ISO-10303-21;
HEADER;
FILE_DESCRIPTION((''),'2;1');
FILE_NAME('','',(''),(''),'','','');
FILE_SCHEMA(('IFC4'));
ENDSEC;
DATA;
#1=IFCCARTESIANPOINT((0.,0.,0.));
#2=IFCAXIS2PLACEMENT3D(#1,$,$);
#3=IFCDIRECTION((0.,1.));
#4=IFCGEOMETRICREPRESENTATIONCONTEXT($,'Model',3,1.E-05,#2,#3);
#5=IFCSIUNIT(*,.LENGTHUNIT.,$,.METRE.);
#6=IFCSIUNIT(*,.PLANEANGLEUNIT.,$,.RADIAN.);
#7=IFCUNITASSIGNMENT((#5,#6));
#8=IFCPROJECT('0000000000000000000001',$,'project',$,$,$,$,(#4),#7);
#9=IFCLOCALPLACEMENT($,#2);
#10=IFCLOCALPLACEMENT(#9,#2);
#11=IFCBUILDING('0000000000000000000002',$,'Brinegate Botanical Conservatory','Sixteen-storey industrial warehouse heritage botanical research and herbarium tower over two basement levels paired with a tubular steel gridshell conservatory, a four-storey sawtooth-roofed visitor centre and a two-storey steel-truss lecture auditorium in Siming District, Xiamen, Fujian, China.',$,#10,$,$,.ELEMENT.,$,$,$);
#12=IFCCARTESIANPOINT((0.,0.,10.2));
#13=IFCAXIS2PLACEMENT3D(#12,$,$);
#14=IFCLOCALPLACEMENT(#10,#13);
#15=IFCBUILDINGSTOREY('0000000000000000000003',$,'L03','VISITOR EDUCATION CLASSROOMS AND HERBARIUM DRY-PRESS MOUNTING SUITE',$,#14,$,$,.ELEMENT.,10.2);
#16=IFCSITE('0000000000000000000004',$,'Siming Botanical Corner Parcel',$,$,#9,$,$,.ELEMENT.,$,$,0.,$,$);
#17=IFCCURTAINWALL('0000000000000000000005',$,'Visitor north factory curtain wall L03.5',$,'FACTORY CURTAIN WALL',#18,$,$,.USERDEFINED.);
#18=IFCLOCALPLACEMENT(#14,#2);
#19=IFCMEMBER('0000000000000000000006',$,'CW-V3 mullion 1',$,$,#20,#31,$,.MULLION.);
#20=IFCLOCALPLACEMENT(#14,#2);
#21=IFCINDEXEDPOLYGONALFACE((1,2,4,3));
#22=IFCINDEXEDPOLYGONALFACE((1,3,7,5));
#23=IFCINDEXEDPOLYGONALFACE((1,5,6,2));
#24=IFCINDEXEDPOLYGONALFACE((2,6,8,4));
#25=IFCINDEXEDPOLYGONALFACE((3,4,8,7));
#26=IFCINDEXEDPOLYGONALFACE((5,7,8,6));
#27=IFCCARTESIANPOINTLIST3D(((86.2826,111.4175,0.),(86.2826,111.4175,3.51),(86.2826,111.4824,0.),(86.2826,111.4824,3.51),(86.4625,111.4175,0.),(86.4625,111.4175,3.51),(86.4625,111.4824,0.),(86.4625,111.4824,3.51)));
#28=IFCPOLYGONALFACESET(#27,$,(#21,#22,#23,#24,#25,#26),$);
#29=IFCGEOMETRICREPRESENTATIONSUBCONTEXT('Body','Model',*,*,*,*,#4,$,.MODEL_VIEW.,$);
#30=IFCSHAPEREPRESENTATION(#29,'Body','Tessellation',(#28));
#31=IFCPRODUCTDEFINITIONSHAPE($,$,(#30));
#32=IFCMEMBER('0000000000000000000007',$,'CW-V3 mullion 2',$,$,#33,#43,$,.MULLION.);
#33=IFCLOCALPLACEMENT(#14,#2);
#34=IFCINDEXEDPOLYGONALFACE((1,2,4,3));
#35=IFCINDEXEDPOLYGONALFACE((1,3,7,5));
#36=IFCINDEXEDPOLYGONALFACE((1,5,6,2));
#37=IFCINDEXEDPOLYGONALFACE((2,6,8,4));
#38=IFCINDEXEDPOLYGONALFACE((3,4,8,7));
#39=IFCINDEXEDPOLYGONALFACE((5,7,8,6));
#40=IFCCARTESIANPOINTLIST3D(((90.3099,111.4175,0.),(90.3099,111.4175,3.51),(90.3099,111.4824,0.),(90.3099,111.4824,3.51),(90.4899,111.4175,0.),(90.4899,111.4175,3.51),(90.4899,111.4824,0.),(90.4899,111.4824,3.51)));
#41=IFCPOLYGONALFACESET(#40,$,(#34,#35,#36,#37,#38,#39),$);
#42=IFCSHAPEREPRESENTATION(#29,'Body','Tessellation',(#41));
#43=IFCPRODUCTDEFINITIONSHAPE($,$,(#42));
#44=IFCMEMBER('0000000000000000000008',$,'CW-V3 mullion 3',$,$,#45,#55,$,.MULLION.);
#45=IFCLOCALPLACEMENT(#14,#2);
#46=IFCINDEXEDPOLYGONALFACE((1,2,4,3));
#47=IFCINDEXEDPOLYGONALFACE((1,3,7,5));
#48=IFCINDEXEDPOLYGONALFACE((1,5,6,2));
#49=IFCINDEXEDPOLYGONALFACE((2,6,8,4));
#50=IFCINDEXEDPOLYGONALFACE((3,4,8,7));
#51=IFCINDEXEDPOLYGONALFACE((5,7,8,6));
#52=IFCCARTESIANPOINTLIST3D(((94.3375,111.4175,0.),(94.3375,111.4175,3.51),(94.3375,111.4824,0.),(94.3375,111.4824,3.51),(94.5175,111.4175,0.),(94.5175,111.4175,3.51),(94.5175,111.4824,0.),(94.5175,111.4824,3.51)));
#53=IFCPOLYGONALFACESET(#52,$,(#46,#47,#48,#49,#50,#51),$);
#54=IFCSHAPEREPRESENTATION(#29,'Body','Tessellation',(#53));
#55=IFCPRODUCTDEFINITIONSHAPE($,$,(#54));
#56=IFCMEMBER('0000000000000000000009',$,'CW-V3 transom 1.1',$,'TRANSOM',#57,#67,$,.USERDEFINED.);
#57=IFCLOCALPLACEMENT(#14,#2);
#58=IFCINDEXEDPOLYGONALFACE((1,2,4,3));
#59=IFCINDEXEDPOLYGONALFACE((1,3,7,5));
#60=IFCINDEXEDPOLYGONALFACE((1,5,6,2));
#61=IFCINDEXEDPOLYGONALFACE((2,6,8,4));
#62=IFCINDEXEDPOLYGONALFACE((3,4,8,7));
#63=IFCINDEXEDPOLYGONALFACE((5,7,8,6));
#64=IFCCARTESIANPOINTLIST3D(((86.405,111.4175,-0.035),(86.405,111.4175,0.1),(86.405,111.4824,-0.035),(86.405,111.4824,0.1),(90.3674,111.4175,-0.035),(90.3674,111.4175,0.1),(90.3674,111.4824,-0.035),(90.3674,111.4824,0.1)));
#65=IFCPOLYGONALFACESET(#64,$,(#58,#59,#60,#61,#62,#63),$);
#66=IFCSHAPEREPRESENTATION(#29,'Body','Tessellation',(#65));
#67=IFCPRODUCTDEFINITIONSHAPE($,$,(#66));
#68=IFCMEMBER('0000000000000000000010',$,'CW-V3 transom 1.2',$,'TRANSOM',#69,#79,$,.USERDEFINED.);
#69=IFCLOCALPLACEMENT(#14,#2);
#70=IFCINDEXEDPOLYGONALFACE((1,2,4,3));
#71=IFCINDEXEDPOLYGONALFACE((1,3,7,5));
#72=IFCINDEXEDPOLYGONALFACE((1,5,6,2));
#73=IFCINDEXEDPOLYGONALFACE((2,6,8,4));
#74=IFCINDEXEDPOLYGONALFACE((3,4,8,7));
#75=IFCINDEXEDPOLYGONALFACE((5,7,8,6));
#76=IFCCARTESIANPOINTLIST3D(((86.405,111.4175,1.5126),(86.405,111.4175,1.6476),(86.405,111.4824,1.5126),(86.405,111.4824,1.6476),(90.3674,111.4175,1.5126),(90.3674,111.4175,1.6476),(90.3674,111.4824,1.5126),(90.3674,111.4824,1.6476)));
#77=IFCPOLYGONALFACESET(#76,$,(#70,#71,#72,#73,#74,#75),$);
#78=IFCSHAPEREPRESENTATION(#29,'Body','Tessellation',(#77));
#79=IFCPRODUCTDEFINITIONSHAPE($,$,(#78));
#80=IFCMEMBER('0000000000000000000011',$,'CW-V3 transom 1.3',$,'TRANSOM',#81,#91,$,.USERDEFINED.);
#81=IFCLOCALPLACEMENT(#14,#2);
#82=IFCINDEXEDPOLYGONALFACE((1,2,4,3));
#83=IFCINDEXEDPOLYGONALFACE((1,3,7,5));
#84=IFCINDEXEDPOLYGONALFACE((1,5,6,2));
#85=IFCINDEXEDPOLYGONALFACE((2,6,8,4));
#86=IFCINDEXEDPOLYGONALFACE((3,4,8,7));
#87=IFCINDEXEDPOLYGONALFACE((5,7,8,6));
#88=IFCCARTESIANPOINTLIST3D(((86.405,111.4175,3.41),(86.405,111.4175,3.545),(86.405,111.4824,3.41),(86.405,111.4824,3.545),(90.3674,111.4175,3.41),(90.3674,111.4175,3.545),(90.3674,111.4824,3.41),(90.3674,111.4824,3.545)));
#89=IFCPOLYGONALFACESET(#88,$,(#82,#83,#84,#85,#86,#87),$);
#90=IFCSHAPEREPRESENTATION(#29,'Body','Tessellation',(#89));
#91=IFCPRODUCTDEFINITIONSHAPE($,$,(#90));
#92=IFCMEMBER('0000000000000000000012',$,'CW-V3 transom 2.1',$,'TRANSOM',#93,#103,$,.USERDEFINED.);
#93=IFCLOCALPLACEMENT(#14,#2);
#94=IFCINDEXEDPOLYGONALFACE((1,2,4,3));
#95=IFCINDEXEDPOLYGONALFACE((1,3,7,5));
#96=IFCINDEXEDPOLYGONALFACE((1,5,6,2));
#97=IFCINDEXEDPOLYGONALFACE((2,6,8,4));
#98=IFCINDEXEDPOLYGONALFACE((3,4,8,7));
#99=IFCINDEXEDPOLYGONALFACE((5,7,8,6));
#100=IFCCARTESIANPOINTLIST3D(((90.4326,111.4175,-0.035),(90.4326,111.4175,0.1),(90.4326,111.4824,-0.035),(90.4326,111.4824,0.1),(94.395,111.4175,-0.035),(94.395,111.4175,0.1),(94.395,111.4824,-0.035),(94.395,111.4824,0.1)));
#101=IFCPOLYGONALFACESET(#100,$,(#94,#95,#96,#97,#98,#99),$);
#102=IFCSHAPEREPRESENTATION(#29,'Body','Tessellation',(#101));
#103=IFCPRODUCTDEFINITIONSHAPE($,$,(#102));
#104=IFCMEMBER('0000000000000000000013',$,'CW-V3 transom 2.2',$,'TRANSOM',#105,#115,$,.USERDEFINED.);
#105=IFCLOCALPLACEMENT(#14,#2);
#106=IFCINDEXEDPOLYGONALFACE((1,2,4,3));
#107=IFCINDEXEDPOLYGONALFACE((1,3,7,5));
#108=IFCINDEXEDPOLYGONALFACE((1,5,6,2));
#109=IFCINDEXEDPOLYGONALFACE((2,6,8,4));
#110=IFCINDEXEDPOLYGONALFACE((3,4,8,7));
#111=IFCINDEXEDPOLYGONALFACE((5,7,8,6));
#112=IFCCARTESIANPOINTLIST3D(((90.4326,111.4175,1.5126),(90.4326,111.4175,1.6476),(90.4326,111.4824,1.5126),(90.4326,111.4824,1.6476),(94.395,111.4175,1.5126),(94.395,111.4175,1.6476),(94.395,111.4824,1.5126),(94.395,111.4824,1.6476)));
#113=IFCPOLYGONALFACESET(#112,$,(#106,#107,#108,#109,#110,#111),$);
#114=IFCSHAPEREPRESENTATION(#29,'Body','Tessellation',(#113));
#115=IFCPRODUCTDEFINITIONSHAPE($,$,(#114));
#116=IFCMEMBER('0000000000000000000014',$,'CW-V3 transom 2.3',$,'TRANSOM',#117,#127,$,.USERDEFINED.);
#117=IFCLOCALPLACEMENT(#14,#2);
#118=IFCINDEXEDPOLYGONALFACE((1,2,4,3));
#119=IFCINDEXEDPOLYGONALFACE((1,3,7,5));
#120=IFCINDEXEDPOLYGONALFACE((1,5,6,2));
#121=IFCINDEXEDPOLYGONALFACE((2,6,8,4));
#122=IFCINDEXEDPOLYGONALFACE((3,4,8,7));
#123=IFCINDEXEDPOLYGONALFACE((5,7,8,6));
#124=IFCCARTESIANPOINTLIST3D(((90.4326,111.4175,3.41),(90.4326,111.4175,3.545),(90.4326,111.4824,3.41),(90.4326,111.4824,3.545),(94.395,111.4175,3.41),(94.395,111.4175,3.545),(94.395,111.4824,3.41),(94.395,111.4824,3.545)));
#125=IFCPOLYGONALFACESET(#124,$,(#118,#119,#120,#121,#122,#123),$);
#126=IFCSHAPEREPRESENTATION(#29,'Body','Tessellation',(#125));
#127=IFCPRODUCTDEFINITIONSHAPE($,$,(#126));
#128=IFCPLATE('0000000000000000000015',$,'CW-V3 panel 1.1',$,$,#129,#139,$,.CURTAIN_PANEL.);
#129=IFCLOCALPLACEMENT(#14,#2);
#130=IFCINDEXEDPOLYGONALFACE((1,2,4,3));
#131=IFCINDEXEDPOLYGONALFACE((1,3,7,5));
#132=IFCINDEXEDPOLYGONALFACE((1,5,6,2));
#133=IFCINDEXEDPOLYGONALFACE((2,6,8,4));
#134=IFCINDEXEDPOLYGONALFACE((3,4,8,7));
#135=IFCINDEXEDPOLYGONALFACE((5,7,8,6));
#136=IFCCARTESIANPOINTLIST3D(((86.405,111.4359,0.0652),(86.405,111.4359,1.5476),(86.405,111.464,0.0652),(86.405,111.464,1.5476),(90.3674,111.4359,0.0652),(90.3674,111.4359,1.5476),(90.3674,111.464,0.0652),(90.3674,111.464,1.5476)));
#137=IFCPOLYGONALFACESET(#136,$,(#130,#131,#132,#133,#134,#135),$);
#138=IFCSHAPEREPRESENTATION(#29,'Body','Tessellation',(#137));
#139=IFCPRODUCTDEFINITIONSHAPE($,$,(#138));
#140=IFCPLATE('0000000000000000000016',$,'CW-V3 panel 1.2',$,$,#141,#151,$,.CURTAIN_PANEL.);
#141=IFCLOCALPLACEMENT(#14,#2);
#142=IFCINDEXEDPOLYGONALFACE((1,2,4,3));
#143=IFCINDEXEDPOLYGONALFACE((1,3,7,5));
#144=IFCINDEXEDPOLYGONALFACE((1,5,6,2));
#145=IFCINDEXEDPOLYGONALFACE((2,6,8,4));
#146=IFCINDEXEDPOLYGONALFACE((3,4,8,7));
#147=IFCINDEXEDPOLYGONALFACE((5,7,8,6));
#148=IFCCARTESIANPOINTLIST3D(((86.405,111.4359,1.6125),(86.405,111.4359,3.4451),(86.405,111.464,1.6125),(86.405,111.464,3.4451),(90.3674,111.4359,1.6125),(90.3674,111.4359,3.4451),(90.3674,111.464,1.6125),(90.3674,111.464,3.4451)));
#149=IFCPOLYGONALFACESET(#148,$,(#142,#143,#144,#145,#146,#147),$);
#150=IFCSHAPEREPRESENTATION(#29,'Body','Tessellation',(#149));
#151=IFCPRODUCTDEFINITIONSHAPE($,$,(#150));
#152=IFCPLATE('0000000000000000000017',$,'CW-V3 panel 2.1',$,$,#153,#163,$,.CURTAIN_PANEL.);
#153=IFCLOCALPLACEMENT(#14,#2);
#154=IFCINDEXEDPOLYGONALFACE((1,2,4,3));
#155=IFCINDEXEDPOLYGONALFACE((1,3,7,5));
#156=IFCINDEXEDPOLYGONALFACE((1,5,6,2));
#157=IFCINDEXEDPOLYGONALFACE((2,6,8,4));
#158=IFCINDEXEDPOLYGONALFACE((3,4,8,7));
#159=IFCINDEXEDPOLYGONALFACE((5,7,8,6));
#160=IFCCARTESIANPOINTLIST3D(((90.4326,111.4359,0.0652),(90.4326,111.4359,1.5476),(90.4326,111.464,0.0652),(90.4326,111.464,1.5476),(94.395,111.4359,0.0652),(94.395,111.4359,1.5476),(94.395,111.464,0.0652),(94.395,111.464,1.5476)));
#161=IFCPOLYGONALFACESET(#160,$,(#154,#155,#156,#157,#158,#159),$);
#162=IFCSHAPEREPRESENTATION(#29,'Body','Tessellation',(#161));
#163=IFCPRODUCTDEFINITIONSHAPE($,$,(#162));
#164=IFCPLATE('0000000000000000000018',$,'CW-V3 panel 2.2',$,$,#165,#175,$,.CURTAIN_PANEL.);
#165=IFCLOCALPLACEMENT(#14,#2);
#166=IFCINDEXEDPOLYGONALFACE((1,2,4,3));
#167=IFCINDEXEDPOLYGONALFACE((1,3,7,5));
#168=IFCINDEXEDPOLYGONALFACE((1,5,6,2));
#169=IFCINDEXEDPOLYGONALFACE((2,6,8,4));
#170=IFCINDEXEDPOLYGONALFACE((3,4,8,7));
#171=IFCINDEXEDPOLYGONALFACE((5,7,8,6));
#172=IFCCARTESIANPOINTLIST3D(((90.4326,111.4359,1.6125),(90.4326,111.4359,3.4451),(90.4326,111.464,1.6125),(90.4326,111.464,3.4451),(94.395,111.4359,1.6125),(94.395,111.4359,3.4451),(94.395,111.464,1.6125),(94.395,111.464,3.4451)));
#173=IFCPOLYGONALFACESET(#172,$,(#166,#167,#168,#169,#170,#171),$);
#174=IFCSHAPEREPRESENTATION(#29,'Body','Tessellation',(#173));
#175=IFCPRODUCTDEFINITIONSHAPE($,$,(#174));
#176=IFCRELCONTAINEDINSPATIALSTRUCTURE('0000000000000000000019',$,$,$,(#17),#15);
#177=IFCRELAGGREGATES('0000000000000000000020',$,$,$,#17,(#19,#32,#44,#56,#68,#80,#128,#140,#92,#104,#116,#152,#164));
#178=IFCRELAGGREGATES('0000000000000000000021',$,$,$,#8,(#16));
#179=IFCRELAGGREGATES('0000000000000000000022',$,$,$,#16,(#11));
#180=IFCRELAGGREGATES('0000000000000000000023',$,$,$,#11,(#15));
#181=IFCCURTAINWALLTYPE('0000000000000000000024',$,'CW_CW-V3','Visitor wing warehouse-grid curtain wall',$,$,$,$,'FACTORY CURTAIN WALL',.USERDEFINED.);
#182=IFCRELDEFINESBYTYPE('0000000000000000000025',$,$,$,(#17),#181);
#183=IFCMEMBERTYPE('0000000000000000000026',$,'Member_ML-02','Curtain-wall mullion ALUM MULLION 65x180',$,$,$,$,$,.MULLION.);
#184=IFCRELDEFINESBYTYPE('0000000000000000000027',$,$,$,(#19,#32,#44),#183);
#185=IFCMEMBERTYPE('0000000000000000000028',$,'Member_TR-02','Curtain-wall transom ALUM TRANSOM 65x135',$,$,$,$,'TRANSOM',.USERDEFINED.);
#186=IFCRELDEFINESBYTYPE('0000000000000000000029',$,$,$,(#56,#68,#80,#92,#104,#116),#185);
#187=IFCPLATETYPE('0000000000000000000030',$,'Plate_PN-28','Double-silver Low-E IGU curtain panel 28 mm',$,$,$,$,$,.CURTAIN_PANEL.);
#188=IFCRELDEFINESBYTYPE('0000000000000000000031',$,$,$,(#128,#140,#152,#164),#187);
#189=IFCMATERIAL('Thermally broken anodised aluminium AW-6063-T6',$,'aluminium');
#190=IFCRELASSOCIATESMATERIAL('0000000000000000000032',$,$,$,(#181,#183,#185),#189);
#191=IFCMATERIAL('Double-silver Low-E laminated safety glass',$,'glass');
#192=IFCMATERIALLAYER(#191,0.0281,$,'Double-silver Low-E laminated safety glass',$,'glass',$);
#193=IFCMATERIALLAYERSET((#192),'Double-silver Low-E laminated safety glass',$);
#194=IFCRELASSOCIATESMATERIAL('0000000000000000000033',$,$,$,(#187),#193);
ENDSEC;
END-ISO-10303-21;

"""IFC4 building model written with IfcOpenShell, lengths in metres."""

from ifc_helpers import new_model, si_unit, direction, frame, origin, origin_2d, place, context, subcontext, project, spatial, rectangle, extrude, material, layer, layer_set, material_profile, profile_set, type_object, element, aggregate, save


model = new_model("IFC4")

# Units and contexts
model_context = context("Model", 3, precision=1e-05, world=origin(), true_north=direction((0.0, 1.0)))
body_context = subcontext(model_context, "Body", "Model", "MODEL_VIEW")
ifc_project = project(units=[si_unit("LENGTHUNIT", "METRE"), si_unit("PLANEANGLEUNIT", "RADIAN")], contexts=[model_context])

# Site, building, storey
site_placement = place(None, origin())
site = spatial("IfcSite", under=ifc_project, at=site_placement, Name="Siming Botanical Corner Parcel", CompositionType="ELEMENT", RefElevation=0.0)
building_placement = place(site_placement, origin())
building = spatial("IfcBuilding", under=site, at=building_placement, Name="Brinegate Botanical Conservatory", Description="Sixteen-storey industrial warehouse heritage botanical research and herbarium tower over two basement levels paired with a tubular steel gridshell conservatory, a four-storey sawtooth-roofed visitor centre and a two-storey steel-truss lecture auditorium in Siming District, Xiamen, Fujian, China.", CompositionType="ELEMENT")
storey_placement = place(building_placement, frame((0.0, 0.0, 10.2)))
storey = spatial("IfcBuildingStorey", under=building, at=storey_placement, Name="L03", Description="VISITOR EDUCATION CLASSROOMS AND HERBARIUM DRY-PRESS MOUNTING SUITE", CompositionType="ELEMENT", Elevation=10.2)

# Curtain wall, members, plates
ifc_material_1 = material(Name="Thermally broken anodised aluminium AW-6063-T6", Category="aluminium")
curtain_wall_type = type_object("IfcCurtainWallType", Name="CW_CW-V3", Description="Visitor wing warehouse-grid curtain wall", ElementType="FACTORY CURTAIN WALL", PredefinedType="USERDEFINED", material=ifc_material_1)
curtain_wall_placement = place(storey_placement, origin())
curtain_wall = element("IfcCurtainWall", 1, at=curtain_wall_placement, inside=storey, type_object=curtain_wall_type, Name="Visitor north factory curtain wall L03.5", ObjectType="FACTORY CURTAIN WALL", PredefinedType="USERDEFINED")
ifc_material_profile_1 = material_profile(ifc_material_1, rectangle(XDim=0.0649, YDim=0.1799, at=origin_2d()), Name="ALUM MULLION 65x180")
ifc_profile_set_1 = profile_set([ifc_material_profile_1], Name="Thermally broken anodised aluminium AW-6063-T6")
member_type_1 = type_object("IfcMemberType", Name="Member_ML-02", Description="Curtain-wall mullion ALUM MULLION 65x180", PredefinedType="MULLION", material=ifc_profile_set_1)
member_1_placement = place(storey_placement, frame((86.3726, 111.45, 0.0), z_axis=(0.0, 0.0, 1.0), x_axis=(0.0, 1.0, 0.0)))
member_1 = element("IfcMember", 2, at=member_1_placement, type_object=member_type_1, Name="CW-V3 mullion 1", PredefinedType="MULLION", context=body_context, shape_type="SweptSolid", body=[
    extrude(rectangle(XDim=0.0649, YDim=0.1799, at=origin_2d()), origin(), (0.0, 0.0, 1.0), 3.51),
])
member_2_placement = place(storey_placement, frame((90.3999, 111.45, 0.0), z_axis=(0.0, 0.0, 1.0), x_axis=(0.0, 1.0, 0.0)))
member_2 = element("IfcMember", 3, at=member_2_placement, type_object=member_type_1, Name="CW-V3 mullion 2", PredefinedType="MULLION", context=body_context, shape_type="SweptSolid", body=[
    extrude(rectangle(XDim=0.0649, YDim=0.1799, at=origin_2d()), origin(), (0.0, 0.0, 1.0), 3.51),
])
member_3_placement = place(storey_placement, frame((94.4275, 111.45, 0.0), z_axis=(0.0, 0.0, 1.0), x_axis=(0.0, 1.0, 0.0)))
member_3 = element("IfcMember", 4, at=member_3_placement, type_object=member_type_1, Name="CW-V3 mullion 3", PredefinedType="MULLION", context=body_context, shape_type="SweptSolid", body=[
    extrude(rectangle(XDim=0.0649, YDim=0.1799, at=origin_2d()), origin(), (0.0, 0.0, 1.0), 3.51),
])
ifc_material_profile_2 = material_profile(ifc_material_1, rectangle(XDim=0.0649, YDim=0.135, at=origin_2d()), Name="ALUM TRANSOM 65x135")
ifc_profile_set_2 = profile_set([ifc_material_profile_2], Name="Thermally broken anodised aluminium AW-6063-T6")
member_type_2 = type_object("IfcMemberType", Name="Member_TR-02", Description="Curtain-wall transom ALUM TRANSOM 65x135", ElementType="TRANSOM", PredefinedType="USERDEFINED", material=ifc_profile_set_2)
member_4_placement = place(storey_placement, frame((86.405, 111.45, 0.0325), z_axis=(1.0, 0.0, 0.0), x_axis=(0.0, 1.0, 0.0)))
member_4 = element("IfcMember", 5, at=member_4_placement, type_object=member_type_2, Name="CW-V3 transom 1.1", ObjectType="TRANSOM", PredefinedType="USERDEFINED", context=body_context, shape_type="SweptSolid", body=[
    extrude(rectangle(XDim=0.0649, YDim=0.135, at=origin_2d()), origin(), (0.0, 0.0, 1.0), 3.9624),
])
member_5_placement = place(storey_placement, frame((86.405, 111.45, 1.5801), z_axis=(1.0, 0.0, 0.0), x_axis=(0.0, 1.0, 0.0)))
member_5 = element("IfcMember", 6, at=member_5_placement, type_object=member_type_2, Name="CW-V3 transom 1.2", ObjectType="TRANSOM", PredefinedType="USERDEFINED", context=body_context, shape_type="SweptSolid", body=[
    extrude(rectangle(XDim=0.0649, YDim=0.135, at=origin_2d()), origin(), (0.0, 0.0, 1.0), 3.9624),
])
member_6_placement = place(storey_placement, frame((86.405, 111.45, 3.4775), z_axis=(1.0, 0.0, 0.0), x_axis=(0.0, 1.0, 0.0)))
member_6 = element("IfcMember", 7, at=member_6_placement, type_object=member_type_2, Name="CW-V3 transom 1.3", ObjectType="TRANSOM", PredefinedType="USERDEFINED", context=body_context, shape_type="SweptSolid", body=[
    extrude(rectangle(XDim=0.0649, YDim=0.135, at=origin_2d()), origin(), (0.0, 0.0, 1.0), 3.9624),
])
member_7_placement = place(storey_placement, frame((90.4326, 111.45, 0.0325), z_axis=(1.0, 0.0, 0.0), x_axis=(0.0, 1.0, 0.0)))
member_7 = element("IfcMember", 8, at=member_7_placement, type_object=member_type_2, Name="CW-V3 transom 2.1", ObjectType="TRANSOM", PredefinedType="USERDEFINED", context=body_context, shape_type="SweptSolid", body=[
    extrude(rectangle(XDim=0.0649, YDim=0.135, at=origin_2d()), origin(), (0.0, 0.0, 1.0), 3.9624),
])
member_8_placement = place(storey_placement, frame((90.4326, 111.45, 1.5801), z_axis=(1.0, 0.0, 0.0), x_axis=(0.0, 1.0, 0.0)))
member_8 = element("IfcMember", 9, at=member_8_placement, type_object=member_type_2, Name="CW-V3 transom 2.2", ObjectType="TRANSOM", PredefinedType="USERDEFINED", context=body_context, shape_type="SweptSolid", body=[
    extrude(rectangle(XDim=0.0649, YDim=0.135, at=origin_2d()), origin(), (0.0, 0.0, 1.0), 3.9624),
])
member_9_placement = place(storey_placement, frame((90.4326, 111.45, 3.4775), z_axis=(1.0, 0.0, 0.0), x_axis=(0.0, 1.0, 0.0)))
member_9 = element("IfcMember", 10, at=member_9_placement, type_object=member_type_2, Name="CW-V3 transom 2.3", ObjectType="TRANSOM", PredefinedType="USERDEFINED", context=body_context, shape_type="SweptSolid", body=[
    extrude(rectangle(XDim=0.0649, YDim=0.135, at=origin_2d()), origin(), (0.0, 0.0, 1.0), 3.9624),
])
ifc_material_2 = material(Name="Double-silver Low-E laminated safety glass", Category="glass")
ifc_layer_1 = layer(ifc_material_2, 0.0281, Name="Double-silver Low-E laminated safety glass", Category="glass")
ifc_layer_set_1 = layer_set([ifc_layer_1], Name="Double-silver Low-E laminated safety glass")
plate_type = type_object("IfcPlateType", Name="Plate_PN-28", Description="Double-silver Low-E IGU curtain panel 28 mm", PredefinedType="CURTAIN_PANEL", material=ifc_layer_set_1)
plate_1_placement = place(storey_placement, frame((88.3862, 111.45, 0.0652), z_axis=(0.0, 0.0, 1.0), x_axis=(1.0, 0.0, 0.0)))
plate_1 = element("IfcPlate", 11, at=plate_1_placement, type_object=plate_type, Name="CW-V3 panel 1.1", PredefinedType="CURTAIN_PANEL", context=body_context, shape_type="SweptSolid", body=[
    extrude(rectangle(XDim=3.9624, YDim=0.0281, at=origin_2d()), origin(), (0.0, 0.0, 1.0), 1.4824),
])
plate_2_placement = place(storey_placement, frame((88.3862, 111.45, 1.6125), z_axis=(0.0, 0.0, 1.0), x_axis=(1.0, 0.0, 0.0)))
plate_2 = element("IfcPlate", 12, at=plate_2_placement, type_object=plate_type, Name="CW-V3 panel 1.2", PredefinedType="CURTAIN_PANEL", context=body_context, shape_type="SweptSolid", body=[
    extrude(rectangle(XDim=3.9624, YDim=0.0281, at=origin_2d()), origin(), (0.0, 0.0, 1.0), 1.8325),
])
plate_3_placement = place(storey_placement, frame((92.4138, 111.45, 0.0652), z_axis=(0.0, 0.0, 1.0), x_axis=(1.0, 0.0, 0.0)))
plate_3 = element("IfcPlate", 13, at=plate_3_placement, type_object=plate_type, Name="CW-V3 panel 2.1", PredefinedType="CURTAIN_PANEL", context=body_context, shape_type="SweptSolid", body=[
    extrude(rectangle(XDim=3.9624, YDim=0.0281, at=origin_2d()), origin(), (0.0, 0.0, 1.0), 1.4824),
])
plate_4_placement = place(storey_placement, frame((92.4138, 111.45, 1.6125), z_axis=(0.0, 0.0, 1.0), x_axis=(1.0, 0.0, 0.0)))
plate_4 = element("IfcPlate", 14, at=plate_4_placement, type_object=plate_type, Name="CW-V3 panel 2.2", PredefinedType="CURTAIN_PANEL", context=body_context, shape_type="SweptSolid", body=[
    extrude(rectangle(XDim=3.9624, YDim=0.0281, at=origin_2d()), origin(), (0.0, 0.0, 1.0), 1.8325),
])
aggregate(curtain_wall, [member_1, member_2, member_3, member_4, member_5, member_6, plate_1, plate_2, member_7, member_8, member_9, plate_3, plate_4])

save(model, "model.ifc")
